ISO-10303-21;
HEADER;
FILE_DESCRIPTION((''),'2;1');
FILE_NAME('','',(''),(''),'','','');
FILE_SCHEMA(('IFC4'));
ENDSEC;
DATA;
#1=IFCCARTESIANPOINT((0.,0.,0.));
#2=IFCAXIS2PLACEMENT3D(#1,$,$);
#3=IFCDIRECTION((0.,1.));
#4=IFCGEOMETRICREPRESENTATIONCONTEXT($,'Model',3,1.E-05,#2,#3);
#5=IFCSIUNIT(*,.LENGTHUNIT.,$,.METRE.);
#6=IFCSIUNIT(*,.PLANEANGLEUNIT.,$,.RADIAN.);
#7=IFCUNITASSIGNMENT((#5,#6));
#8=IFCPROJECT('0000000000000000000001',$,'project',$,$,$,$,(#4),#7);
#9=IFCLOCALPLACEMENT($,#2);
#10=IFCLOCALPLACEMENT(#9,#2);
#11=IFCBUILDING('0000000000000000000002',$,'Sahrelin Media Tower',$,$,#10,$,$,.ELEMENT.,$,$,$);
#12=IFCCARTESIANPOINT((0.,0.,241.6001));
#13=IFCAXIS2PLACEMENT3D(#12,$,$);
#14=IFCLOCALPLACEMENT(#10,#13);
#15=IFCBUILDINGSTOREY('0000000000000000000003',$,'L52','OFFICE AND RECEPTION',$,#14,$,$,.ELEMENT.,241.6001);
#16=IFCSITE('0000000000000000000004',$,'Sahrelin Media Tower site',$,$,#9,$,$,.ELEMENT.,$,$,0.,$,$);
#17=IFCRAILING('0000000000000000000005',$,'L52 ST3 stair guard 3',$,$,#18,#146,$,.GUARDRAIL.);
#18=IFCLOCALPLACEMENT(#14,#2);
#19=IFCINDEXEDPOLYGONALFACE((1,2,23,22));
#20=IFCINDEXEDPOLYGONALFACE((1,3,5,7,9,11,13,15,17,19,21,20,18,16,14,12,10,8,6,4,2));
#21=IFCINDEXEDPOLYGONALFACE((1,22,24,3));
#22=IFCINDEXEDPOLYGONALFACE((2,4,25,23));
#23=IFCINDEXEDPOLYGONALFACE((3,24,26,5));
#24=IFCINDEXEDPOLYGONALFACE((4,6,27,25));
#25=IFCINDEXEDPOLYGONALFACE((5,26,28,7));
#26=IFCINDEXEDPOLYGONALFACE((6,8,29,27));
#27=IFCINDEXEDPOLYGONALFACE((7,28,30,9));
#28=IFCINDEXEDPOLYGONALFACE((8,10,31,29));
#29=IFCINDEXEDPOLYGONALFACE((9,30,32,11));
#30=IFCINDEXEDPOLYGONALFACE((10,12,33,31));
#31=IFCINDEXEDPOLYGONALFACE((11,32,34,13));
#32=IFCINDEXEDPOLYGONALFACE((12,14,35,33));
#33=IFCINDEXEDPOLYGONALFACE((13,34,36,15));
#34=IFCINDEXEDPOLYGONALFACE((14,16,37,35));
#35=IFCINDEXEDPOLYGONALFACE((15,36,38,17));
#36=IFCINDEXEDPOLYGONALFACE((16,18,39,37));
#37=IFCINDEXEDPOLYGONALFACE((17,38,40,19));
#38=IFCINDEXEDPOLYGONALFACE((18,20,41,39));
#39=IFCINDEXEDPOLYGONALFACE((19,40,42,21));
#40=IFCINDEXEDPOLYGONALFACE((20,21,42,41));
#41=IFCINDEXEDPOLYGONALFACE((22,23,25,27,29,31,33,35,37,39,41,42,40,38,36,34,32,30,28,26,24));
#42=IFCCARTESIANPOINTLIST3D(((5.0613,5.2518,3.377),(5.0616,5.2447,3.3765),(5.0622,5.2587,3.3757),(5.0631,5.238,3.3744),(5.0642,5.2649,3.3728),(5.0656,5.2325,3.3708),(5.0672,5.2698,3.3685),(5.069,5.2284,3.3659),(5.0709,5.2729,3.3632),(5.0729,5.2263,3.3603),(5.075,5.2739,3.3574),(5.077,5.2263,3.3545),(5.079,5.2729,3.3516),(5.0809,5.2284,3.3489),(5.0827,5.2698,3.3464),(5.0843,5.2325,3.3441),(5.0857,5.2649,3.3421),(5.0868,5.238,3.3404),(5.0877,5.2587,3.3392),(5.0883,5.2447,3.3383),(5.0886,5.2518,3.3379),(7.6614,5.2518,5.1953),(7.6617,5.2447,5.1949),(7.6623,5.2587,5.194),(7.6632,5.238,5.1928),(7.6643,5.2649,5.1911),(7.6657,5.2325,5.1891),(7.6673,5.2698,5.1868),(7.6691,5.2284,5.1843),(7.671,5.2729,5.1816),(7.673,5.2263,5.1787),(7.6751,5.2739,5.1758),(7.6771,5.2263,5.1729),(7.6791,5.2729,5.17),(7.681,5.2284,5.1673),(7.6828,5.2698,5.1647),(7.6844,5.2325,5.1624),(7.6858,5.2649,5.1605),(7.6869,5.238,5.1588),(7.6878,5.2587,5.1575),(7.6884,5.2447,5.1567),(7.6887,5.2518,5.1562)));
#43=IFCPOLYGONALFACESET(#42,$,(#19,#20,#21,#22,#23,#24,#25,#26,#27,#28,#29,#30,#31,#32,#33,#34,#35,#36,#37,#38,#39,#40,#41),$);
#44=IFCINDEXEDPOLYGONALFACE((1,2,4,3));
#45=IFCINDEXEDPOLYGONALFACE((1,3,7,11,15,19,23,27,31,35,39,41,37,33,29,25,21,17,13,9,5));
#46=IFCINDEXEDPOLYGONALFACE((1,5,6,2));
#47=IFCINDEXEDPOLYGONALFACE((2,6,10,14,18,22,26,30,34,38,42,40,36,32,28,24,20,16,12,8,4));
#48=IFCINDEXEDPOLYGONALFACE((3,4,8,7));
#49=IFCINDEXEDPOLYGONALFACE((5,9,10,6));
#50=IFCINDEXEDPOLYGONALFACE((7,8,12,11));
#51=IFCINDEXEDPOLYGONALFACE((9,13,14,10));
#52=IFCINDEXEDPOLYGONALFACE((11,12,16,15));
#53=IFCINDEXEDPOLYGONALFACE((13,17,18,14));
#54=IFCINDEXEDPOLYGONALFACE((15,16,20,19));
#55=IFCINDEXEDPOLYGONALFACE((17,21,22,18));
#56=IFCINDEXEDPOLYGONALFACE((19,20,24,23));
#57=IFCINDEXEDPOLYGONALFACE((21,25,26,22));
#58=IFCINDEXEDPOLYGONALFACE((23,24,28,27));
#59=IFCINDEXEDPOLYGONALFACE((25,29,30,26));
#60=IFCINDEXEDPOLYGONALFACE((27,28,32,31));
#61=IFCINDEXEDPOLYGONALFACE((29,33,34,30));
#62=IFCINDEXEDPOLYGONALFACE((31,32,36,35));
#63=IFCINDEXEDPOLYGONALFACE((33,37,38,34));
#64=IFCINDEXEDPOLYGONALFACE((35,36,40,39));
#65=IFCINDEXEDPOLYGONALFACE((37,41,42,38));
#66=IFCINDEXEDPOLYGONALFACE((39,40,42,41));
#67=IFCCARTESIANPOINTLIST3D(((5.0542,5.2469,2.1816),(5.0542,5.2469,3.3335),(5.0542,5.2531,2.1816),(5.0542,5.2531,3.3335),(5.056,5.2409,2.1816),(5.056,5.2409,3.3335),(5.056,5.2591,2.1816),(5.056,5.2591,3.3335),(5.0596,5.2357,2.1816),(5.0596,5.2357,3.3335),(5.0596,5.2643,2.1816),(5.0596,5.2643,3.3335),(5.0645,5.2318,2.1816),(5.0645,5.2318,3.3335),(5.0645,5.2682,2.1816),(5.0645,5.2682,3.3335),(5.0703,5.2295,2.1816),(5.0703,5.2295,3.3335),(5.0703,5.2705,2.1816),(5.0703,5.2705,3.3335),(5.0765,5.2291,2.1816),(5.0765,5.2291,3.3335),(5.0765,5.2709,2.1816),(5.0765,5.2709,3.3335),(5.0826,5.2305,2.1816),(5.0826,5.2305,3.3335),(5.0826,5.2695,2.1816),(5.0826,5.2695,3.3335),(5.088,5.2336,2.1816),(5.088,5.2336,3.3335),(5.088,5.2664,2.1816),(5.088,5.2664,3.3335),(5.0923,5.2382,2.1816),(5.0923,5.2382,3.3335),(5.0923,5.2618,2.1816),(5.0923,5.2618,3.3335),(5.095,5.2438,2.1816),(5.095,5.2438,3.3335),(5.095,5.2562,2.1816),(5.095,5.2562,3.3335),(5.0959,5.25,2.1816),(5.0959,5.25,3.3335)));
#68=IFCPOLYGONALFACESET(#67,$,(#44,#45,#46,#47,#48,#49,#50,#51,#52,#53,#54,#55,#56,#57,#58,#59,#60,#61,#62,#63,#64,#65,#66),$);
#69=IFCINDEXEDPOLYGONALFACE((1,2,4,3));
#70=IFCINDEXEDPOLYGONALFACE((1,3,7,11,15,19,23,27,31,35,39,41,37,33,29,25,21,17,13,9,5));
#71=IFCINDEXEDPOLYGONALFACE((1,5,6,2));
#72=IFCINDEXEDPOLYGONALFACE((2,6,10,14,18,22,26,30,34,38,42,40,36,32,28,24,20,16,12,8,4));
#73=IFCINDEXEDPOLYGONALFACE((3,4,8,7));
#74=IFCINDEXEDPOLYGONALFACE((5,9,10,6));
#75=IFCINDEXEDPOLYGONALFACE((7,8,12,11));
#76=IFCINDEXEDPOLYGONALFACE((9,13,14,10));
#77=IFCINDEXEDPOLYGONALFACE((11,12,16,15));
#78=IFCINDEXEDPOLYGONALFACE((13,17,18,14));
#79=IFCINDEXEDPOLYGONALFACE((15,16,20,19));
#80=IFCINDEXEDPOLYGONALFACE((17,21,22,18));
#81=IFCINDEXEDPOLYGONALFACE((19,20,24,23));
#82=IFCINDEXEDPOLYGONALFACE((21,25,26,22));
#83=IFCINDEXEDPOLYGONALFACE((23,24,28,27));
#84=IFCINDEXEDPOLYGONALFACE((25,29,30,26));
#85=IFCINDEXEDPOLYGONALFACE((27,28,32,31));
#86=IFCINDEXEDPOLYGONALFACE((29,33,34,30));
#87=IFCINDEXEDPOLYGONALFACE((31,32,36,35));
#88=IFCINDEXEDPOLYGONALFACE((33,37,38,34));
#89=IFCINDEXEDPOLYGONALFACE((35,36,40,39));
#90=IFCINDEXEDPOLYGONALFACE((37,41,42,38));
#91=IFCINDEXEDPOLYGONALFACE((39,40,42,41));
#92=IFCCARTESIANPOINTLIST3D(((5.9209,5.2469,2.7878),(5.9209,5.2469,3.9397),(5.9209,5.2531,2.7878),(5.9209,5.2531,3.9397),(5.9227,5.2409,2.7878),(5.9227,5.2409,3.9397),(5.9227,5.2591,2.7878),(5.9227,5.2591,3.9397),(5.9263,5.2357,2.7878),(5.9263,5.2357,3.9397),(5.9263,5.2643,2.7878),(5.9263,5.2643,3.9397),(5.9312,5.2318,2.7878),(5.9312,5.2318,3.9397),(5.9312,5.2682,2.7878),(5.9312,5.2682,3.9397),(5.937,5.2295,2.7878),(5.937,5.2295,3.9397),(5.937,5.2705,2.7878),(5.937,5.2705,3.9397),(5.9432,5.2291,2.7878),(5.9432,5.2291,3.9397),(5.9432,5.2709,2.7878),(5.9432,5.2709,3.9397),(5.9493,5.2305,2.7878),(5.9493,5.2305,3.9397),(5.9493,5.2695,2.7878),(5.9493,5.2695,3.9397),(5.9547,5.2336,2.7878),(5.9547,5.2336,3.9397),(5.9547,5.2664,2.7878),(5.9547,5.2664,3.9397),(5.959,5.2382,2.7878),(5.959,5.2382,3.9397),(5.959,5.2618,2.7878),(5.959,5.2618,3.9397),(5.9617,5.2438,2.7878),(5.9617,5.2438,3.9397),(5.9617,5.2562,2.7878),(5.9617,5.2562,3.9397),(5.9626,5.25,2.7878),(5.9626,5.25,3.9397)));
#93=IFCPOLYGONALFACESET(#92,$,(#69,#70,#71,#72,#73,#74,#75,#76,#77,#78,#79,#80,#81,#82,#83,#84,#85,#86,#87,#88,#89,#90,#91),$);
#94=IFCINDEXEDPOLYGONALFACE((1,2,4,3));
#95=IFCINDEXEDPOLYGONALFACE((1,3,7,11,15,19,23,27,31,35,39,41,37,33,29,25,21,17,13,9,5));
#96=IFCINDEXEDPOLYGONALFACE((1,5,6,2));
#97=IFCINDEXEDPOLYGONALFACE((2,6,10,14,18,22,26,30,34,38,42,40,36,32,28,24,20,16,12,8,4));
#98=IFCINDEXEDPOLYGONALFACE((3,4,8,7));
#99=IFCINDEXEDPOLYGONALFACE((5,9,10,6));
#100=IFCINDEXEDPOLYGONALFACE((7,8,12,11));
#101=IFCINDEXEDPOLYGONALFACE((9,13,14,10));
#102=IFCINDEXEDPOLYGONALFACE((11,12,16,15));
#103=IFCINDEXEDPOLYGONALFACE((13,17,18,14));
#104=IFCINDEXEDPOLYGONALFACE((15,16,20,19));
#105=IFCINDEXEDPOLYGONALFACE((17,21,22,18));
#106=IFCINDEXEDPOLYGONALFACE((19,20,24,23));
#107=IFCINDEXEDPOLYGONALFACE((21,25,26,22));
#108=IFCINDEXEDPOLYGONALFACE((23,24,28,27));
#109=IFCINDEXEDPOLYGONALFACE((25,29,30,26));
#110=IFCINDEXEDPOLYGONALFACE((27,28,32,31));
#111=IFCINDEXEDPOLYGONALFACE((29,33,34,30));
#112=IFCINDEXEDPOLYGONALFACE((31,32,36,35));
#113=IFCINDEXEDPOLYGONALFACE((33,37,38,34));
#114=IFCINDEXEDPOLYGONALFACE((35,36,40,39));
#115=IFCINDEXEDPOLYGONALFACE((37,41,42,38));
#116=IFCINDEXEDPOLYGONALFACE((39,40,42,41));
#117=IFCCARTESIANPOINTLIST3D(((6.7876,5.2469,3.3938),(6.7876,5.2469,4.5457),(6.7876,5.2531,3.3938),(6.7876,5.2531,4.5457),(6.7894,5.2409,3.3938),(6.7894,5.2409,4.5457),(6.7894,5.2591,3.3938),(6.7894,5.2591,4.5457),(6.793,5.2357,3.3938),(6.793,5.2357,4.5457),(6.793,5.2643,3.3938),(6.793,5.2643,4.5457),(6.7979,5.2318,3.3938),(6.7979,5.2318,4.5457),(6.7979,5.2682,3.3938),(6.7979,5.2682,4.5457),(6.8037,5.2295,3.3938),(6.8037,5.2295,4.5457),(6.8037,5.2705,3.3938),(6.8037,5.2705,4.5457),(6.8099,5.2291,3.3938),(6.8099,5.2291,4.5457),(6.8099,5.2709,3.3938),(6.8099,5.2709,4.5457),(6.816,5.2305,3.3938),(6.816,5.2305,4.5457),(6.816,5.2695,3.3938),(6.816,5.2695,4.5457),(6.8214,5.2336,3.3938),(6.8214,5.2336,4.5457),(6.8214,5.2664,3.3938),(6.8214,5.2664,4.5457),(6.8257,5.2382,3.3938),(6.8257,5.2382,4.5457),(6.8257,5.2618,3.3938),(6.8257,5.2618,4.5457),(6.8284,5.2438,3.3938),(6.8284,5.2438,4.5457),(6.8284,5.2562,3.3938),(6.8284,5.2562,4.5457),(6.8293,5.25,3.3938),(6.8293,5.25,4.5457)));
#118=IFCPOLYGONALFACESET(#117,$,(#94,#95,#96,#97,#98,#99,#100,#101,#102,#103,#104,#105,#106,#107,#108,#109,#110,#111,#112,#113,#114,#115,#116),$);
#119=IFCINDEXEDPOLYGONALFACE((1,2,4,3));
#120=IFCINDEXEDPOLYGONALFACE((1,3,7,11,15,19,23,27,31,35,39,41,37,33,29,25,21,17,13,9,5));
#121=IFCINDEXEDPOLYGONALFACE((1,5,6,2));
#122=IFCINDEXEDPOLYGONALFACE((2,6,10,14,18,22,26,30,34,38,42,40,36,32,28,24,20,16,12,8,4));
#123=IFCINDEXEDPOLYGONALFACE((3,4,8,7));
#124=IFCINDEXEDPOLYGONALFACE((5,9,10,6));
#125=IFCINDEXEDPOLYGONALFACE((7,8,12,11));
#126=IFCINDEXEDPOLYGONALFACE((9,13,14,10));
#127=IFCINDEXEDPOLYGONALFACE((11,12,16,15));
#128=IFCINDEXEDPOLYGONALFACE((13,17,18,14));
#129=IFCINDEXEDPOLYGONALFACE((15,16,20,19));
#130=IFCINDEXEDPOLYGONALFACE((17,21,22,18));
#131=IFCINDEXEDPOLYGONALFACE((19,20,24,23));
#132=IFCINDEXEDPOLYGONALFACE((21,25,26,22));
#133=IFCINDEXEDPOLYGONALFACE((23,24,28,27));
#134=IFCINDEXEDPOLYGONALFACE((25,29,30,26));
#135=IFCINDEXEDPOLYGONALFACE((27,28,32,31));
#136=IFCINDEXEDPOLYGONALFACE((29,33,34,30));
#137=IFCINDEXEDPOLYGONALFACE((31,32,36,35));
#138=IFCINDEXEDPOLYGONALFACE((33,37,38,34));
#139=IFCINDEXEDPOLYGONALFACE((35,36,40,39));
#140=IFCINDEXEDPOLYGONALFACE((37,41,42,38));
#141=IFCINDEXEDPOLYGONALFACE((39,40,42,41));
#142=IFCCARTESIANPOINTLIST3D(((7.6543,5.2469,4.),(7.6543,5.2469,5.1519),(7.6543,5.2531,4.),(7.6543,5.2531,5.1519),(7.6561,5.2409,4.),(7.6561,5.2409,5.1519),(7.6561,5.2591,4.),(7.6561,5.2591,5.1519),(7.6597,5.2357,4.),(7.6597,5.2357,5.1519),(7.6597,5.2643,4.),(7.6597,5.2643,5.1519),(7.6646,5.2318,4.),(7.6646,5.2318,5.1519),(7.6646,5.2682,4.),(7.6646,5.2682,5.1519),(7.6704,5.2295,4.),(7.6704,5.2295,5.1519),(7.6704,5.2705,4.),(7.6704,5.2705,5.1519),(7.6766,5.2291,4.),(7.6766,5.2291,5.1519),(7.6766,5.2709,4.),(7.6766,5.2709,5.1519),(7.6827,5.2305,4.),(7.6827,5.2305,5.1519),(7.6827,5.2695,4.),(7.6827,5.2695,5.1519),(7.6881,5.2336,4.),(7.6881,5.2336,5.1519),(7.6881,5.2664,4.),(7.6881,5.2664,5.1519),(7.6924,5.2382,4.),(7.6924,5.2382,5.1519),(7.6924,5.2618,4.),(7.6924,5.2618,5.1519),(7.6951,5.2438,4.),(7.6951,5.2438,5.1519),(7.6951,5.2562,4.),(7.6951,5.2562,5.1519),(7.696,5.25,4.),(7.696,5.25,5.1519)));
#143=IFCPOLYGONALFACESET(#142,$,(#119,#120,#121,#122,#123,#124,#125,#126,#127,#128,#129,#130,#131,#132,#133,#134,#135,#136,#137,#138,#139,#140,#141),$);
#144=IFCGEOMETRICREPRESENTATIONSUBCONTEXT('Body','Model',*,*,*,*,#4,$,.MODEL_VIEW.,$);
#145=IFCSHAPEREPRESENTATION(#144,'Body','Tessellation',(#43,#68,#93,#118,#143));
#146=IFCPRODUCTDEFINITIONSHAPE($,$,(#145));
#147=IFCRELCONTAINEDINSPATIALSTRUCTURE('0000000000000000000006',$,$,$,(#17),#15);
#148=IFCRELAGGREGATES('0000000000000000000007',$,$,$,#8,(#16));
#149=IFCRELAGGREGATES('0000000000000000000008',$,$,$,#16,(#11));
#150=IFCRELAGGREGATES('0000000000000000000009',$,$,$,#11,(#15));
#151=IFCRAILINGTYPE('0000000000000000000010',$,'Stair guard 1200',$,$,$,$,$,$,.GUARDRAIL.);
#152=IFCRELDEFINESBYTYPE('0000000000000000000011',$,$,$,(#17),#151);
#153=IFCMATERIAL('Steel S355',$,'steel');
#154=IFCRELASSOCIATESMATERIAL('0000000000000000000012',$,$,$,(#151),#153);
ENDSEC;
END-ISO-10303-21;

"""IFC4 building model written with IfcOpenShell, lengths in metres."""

from ifc_helpers import new_model, si_unit, direction, frame, origin, origin_2d, place, context, subcontext, project, spatial, circle, extrude, material, type_object, element, save


model = new_model("IFC4")

# Units and contexts
model_context = context("Model", 3, precision=1e-05, world=origin(), true_north=direction((0.0, 1.0)))
body_context = subcontext(model_context, "Body", "Model", "MODEL_VIEW")
ifc_project = project(units=[si_unit("LENGTHUNIT", "METRE"), si_unit("PLANEANGLEUNIT", "RADIAN")], contexts=[model_context])

# Site, building, storey
site_placement = place(None, origin())
site = spatial("IfcSite", under=ifc_project, at=site_placement, Name="Sahrelin Media Tower site", CompositionType="ELEMENT", RefElevation=0.0)
building_placement = place(site_placement, origin())
building = spatial("IfcBuilding", under=site, at=building_placement, Name="Sahrelin Media Tower", CompositionType="ELEMENT")
storey_placement = place(building_placement, frame((0.0, 0.0, 241.6001)))
storey = spatial("IfcBuildingStorey", under=building, at=storey_placement, Name="L52", Description="OFFICE AND RECEPTION", CompositionType="ELEMENT", Elevation=241.6001)

# Shared definitions
ifc_material_1 = material(Name="Steel S355", Category="steel")

# Railing
railing_type_1 = type_object("IfcRailingType", Name="Stair guard 1200", PredefinedType="GUARDRAIL", material=ifc_material_1)
railing_1_placement = place(storey_placement, frame((5.075, 5.25, 2.1816)))
element("IfcRailing", 1, at=railing_1_placement, inside=storey, type_object=railing_type_1, Name="L52 ST3 stair guard 3", PredefinedType="GUARDRAIL", context=body_context, shape_type="SweptSolid", body=[
    extrude(circle(Radius=0.0239, at=origin_2d()), frame((0.0, 0.0, 1.1758), z_axis=(0.819485, 0.0, 0.573101), x_axis=(0.0, 1.0, 0.0)), (0.0, 0.0, 1.0), 3.1729),
    extrude(circle(Radius=0.021, at=origin_2d()), origin(), (0.0, 0.0, 1.0), 1.1519),
    extrude(circle(Radius=0.021, at=origin_2d()), frame((0.8667, 0.0, 0.6062)), (0.0, 0.0, 1.0), 1.1519),
    extrude(circle(Radius=0.021, at=origin_2d()), frame((1.7334, 0.0, 1.2122)), (0.0, 0.0, 1.0), 1.1519),
    extrude(circle(Radius=0.021, at=origin_2d()), frame((2.6001, 0.0, 1.8184)), (0.0, 0.0, 1.0), 1.1519),
])

save(model, "model.ifc")
